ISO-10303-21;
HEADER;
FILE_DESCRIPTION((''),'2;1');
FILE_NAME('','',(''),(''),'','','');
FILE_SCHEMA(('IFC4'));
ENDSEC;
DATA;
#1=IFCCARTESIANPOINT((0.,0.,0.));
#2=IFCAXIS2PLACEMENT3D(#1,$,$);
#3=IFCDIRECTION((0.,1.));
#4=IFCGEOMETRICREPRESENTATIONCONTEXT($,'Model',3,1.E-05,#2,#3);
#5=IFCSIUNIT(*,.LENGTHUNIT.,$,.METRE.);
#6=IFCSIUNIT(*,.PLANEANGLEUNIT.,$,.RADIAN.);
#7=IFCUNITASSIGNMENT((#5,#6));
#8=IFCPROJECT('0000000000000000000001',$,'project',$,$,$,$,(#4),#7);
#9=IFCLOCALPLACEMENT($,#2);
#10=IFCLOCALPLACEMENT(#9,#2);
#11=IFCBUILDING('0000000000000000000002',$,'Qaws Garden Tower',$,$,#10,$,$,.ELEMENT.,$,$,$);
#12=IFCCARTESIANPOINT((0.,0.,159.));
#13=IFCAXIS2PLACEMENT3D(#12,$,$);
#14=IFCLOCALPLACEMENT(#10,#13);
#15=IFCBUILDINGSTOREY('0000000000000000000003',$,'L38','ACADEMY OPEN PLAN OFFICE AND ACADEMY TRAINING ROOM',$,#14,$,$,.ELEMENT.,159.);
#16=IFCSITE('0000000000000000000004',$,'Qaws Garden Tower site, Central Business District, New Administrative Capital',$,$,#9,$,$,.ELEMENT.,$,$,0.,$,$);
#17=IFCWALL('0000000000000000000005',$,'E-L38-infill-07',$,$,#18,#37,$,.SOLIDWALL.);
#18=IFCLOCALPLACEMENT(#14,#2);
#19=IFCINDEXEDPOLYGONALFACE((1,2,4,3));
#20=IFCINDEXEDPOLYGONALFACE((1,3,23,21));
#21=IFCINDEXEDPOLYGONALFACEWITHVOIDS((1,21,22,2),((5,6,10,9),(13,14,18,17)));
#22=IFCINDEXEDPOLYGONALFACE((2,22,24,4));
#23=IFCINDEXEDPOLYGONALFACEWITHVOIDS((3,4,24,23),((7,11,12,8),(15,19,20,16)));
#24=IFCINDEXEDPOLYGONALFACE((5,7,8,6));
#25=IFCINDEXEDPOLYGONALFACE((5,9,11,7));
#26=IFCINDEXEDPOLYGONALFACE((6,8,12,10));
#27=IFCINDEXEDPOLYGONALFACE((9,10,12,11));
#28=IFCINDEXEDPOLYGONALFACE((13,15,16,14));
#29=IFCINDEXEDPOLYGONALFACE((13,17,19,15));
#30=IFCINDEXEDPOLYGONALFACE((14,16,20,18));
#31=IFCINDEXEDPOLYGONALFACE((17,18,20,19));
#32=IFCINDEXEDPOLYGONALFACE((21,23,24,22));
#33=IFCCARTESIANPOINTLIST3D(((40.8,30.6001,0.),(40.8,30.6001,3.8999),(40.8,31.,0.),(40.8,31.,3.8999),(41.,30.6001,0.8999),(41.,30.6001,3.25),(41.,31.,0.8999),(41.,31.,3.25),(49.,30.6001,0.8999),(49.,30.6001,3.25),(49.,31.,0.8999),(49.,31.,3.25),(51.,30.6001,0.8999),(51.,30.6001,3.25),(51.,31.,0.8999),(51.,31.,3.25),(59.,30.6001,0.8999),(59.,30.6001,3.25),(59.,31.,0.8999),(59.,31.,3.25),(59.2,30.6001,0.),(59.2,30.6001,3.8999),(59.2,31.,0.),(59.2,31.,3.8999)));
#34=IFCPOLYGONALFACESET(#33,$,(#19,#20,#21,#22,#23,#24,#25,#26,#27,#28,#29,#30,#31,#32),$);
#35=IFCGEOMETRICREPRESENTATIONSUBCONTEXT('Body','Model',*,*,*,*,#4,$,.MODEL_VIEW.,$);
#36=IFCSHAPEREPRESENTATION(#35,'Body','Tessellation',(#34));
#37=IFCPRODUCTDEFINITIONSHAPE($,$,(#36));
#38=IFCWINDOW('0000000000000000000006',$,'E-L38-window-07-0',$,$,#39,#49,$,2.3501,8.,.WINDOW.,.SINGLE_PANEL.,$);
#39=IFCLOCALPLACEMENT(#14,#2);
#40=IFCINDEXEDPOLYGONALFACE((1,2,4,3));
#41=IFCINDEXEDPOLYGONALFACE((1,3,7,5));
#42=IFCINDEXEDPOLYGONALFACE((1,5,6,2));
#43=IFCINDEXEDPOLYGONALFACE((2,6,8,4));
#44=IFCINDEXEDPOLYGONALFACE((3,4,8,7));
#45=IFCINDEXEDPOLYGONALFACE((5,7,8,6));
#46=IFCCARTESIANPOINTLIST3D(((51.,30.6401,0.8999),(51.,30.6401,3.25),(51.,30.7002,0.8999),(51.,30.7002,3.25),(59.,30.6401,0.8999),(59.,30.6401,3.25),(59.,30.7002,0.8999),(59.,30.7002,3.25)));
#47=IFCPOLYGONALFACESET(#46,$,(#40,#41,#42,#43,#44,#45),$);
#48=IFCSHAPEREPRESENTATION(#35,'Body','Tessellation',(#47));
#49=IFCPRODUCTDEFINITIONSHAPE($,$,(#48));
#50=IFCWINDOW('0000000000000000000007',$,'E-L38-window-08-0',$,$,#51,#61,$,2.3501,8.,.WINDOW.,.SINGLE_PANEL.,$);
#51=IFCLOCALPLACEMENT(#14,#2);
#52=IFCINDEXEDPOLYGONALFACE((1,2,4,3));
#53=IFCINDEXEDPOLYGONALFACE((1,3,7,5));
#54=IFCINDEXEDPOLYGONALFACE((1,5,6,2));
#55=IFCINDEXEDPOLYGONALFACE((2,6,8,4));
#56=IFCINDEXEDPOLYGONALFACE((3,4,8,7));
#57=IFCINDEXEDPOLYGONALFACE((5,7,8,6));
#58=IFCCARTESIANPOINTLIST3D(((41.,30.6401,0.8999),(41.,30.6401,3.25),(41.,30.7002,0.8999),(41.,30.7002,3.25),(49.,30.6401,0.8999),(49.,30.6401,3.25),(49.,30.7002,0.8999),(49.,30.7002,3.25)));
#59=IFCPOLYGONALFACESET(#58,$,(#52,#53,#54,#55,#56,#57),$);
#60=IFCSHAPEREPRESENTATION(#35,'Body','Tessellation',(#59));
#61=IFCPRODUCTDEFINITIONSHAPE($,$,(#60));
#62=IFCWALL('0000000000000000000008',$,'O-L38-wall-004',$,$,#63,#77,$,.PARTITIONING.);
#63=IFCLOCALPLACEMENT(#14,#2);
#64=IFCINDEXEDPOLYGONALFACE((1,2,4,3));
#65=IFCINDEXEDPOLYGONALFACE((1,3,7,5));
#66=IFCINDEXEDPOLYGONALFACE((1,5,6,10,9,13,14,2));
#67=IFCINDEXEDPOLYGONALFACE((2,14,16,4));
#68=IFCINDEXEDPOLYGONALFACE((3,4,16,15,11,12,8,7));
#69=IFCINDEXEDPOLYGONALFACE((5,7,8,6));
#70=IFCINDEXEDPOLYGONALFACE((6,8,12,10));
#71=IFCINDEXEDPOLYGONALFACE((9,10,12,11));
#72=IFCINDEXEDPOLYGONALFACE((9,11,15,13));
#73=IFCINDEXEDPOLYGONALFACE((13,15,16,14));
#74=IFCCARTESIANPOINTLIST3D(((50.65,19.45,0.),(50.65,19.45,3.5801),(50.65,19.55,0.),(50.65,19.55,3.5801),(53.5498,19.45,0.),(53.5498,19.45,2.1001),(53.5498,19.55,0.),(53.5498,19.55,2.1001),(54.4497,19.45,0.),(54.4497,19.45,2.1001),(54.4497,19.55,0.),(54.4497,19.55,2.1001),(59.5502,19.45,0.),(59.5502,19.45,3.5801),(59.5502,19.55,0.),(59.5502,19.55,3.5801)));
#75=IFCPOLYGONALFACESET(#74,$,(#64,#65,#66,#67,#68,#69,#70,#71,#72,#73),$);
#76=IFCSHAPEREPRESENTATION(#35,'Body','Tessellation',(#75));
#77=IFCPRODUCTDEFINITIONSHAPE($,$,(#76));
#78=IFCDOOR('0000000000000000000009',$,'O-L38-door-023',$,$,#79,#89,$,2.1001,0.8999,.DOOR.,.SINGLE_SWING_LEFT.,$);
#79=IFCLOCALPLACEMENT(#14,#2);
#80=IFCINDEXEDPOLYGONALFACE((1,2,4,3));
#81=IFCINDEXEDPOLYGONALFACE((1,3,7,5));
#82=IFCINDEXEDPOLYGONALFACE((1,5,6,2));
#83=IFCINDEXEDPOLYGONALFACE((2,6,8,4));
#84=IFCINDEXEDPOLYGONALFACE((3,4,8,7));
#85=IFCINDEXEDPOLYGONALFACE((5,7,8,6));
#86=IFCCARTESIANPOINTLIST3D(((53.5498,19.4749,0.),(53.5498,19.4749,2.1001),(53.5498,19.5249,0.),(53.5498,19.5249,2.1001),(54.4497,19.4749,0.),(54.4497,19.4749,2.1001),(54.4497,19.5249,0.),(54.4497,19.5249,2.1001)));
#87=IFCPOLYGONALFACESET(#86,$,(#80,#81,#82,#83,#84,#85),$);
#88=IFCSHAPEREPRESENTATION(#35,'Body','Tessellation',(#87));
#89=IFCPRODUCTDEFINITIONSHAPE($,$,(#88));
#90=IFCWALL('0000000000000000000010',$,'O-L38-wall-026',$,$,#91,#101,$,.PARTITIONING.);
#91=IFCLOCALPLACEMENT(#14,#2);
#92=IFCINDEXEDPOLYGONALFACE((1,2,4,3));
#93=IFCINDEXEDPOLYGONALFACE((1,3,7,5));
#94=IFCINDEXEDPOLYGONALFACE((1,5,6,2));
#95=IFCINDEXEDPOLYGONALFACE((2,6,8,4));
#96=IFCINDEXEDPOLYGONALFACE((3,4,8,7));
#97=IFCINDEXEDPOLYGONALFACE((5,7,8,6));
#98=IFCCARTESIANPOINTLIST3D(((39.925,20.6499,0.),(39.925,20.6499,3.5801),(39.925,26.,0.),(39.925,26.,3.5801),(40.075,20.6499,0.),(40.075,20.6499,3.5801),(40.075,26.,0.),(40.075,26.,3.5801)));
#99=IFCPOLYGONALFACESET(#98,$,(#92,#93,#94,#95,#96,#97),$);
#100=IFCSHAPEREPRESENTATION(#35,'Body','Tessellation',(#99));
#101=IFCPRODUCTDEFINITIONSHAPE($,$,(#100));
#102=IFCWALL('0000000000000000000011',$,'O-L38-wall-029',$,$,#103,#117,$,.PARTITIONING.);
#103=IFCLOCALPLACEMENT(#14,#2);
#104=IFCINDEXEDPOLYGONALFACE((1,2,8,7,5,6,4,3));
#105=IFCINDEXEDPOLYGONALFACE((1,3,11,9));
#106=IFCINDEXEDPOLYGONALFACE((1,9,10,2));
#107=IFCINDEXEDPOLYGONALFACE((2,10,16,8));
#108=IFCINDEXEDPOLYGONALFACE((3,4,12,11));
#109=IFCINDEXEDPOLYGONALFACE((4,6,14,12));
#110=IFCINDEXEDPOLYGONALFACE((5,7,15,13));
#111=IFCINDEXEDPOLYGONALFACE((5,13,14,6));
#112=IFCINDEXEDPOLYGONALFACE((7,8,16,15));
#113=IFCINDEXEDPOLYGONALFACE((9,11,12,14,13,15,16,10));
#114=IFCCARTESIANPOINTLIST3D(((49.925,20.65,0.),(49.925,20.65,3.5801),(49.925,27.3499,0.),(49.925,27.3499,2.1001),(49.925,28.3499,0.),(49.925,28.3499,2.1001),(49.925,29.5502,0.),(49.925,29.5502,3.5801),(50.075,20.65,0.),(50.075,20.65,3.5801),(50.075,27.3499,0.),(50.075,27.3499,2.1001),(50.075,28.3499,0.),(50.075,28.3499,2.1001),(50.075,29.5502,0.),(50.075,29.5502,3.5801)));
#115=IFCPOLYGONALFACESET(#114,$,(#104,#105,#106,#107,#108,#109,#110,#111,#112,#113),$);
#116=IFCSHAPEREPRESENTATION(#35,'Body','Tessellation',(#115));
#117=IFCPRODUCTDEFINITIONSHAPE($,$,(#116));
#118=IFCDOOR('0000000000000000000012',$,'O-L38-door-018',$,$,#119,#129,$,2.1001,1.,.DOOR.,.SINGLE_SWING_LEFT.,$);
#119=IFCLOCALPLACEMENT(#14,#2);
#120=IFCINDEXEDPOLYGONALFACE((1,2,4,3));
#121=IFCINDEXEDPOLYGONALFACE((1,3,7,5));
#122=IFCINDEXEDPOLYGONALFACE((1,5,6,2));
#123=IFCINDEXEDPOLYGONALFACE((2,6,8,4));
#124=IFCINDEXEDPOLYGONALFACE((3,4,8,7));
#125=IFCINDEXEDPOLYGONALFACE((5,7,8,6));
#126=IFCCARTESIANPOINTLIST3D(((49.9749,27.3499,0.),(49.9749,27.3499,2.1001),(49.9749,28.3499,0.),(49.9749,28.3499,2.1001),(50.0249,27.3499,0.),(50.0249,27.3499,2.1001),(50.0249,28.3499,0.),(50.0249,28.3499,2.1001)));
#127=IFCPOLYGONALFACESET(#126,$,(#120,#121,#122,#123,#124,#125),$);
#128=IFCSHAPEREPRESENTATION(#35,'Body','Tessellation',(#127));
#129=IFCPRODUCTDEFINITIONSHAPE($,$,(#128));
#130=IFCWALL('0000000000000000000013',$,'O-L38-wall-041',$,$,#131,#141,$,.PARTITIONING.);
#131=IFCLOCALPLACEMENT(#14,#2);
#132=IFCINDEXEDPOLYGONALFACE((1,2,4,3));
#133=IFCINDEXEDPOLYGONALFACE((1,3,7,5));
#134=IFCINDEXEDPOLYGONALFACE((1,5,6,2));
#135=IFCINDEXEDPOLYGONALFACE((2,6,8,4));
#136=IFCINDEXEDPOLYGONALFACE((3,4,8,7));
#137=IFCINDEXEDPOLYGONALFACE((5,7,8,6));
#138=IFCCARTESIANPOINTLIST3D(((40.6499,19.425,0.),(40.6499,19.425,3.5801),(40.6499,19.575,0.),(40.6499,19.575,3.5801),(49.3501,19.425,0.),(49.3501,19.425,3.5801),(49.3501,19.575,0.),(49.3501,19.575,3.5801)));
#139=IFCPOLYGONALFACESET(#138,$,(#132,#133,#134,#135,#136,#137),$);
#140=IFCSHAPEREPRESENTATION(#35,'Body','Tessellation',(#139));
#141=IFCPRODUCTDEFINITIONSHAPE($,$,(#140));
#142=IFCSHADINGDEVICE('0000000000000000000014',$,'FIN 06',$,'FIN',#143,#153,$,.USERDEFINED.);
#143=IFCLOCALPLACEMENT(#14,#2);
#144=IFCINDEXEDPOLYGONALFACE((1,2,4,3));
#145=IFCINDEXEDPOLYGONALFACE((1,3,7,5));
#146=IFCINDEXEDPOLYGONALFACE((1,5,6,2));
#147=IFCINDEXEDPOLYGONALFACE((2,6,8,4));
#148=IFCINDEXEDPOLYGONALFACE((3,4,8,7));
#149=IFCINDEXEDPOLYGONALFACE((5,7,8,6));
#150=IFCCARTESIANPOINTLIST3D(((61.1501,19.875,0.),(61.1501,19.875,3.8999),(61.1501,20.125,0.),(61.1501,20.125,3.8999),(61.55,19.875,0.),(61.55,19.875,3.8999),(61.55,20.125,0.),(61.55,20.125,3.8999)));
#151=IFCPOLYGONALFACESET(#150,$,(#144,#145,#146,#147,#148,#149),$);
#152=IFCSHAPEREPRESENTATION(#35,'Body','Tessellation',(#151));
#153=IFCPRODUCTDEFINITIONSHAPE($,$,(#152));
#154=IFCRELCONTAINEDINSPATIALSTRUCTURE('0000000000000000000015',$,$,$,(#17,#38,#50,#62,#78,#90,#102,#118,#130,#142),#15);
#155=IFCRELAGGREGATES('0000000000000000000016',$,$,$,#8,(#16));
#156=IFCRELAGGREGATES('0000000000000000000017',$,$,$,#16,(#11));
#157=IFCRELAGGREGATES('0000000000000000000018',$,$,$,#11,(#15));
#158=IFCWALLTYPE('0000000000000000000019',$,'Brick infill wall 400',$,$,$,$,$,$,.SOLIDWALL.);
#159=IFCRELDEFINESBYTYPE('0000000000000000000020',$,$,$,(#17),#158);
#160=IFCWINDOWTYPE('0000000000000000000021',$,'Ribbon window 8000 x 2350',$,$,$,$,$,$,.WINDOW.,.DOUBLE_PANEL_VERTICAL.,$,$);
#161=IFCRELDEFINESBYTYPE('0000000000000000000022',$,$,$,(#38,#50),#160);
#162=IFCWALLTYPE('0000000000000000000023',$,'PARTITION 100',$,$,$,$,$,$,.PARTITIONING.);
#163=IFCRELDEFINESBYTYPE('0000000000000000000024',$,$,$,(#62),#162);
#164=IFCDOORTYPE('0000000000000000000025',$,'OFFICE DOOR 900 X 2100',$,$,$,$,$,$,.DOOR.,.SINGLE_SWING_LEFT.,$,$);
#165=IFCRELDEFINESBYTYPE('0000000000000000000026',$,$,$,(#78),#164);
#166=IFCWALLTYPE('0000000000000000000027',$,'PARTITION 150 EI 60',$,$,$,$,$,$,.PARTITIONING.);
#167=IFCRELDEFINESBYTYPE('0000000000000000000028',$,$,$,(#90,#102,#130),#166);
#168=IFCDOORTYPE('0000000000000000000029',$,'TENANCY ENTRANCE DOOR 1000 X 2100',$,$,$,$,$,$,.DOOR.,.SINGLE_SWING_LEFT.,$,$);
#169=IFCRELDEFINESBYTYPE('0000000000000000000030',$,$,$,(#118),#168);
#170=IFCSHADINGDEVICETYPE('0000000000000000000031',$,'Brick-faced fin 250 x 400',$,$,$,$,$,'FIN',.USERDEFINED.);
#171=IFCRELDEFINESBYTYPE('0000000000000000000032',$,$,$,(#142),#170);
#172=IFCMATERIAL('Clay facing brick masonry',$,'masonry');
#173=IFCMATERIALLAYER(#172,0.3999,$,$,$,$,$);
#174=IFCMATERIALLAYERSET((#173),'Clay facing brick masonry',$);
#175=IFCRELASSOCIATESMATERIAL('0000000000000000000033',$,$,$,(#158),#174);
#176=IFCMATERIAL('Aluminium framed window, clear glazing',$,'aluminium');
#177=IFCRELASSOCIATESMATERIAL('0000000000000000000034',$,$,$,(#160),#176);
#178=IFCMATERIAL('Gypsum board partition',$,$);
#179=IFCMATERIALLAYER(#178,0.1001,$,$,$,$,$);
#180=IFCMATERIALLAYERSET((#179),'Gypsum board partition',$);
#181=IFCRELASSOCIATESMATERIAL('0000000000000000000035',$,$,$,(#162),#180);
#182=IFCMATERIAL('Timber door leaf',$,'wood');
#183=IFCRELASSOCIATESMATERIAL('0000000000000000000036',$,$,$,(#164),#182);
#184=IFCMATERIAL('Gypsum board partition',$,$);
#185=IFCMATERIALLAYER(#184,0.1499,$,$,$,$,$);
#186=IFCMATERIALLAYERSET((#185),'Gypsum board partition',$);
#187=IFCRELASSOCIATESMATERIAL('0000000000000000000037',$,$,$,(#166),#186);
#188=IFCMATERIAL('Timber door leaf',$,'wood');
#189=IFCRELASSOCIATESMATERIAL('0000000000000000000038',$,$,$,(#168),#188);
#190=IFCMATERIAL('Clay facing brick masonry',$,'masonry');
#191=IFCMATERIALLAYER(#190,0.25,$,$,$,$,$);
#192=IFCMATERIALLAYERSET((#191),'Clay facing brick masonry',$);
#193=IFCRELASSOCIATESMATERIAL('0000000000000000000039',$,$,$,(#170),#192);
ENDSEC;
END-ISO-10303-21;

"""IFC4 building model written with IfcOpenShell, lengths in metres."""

from ifc_helpers import new_model, si_unit, direction, frame, frame_2d, origin, origin_2d, place, context, subcontext, project, spatial, rectangle, extrude, material, layer, layer_set, type_object, element, fill, save


model = new_model("IFC4")

# Units and contexts
model_context = context("Model", 3, precision=1e-05, world=origin(), true_north=direction((0.0, 1.0)))
body_context = subcontext(model_context, "Body", "Model", "MODEL_VIEW")
ifc_project = project(units=[si_unit("LENGTHUNIT", "METRE"), si_unit("PLANEANGLEUNIT", "RADIAN")], contexts=[model_context])

# Site, building, storey
site_placement = place(None, origin())
site = spatial("IfcSite", under=ifc_project, at=site_placement, Name="Qaws Garden Tower site, Central Business District, New Administrative Capital", CompositionType="ELEMENT", RefElevation=0.0)
building_placement = place(site_placement, origin())
building = spatial("IfcBuilding", under=site, at=building_placement, Name="Qaws Garden Tower", CompositionType="ELEMENT")
storey_placement = place(building_placement, frame((0.0, 0.0, 159.0)))
storey = spatial("IfcBuildingStorey", under=building, at=storey_placement, Name="L38", Description="ACADEMY OPEN PLAN OFFICE AND ACADEMY TRAINING ROOM", CompositionType="ELEMENT", Elevation=159.0)

# Wall, openings, windows
ifc_material_1 = material(Name="Clay facing brick masonry", Category="masonry")
ifc_layer_1 = layer(ifc_material_1, 0.3999)
ifc_layer_set_1 = layer_set([ifc_layer_1], Name="Clay facing brick masonry")
wall_type_1 = type_object("IfcWallType", Name="Brick infill wall 400", PredefinedType="SOLIDWALL", material=ifc_layer_set_1)
wall_1_placement = place(storey_placement, frame((59.2, 30.8, 0.0), z_axis=(0.0, 0.0, 1.0), x_axis=(-1.0, 0.0, 0.0)))
wall_1 = element("IfcWall", 1, at=wall_1_placement, inside=storey, type_object=wall_type_1, Name="E-L38-infill-07", PredefinedType="SOLIDWALL", context=body_context, shape_type="SweptSolid", body=[
    extrude(rectangle(XDim=18.3999, YDim=0.3999, at=frame_2d((9.2, 0.0))), origin(), (0.0, 0.0, 1.0), 3.8999),
])
opening_1_placement = place(wall_1_placement, frame((0.2, 0.0, 0.8999)))
opening_1 = element("IfcOpeningElement", 2, at=opening_1_placement, cuts=wall_1, PredefinedType="OPENING", context=body_context, shape_type="SweptSolid", body=[
    extrude(rectangle(XDim=8.0, YDim=2.3501, at=frame_2d((4.0, 1.175))), frame((0.0, 0.21, 0.0), z_axis=(0.0, -1.0, 0.0), x_axis=(1.0, 0.0, 0.0)), (0.0, 0.0, 1.0), 0.4199),
])
opening_2_placement = place(wall_1_placement, frame((10.2, 0.0, 0.8999)))
opening_2 = element("IfcOpeningElement", 3, at=opening_2_placement, cuts=wall_1, PredefinedType="OPENING", context=body_context, shape_type="SweptSolid", body=[
    extrude(rectangle(XDim=8.0, YDim=2.3501, at=frame_2d((4.0, 1.175))), frame((0.0, 0.21, 0.0), z_axis=(0.0, -1.0, 0.0), x_axis=(1.0, 0.0, 0.0)), (0.0, 0.0, 1.0), 0.4199),
])
ifc_material_2 = material(Name="Aluminium framed window, clear glazing", Category="aluminium")
window_type = type_object("IfcWindowType", Name="Ribbon window 8000 x 2350", PartitioningType="DOUBLE_PANEL_VERTICAL", PredefinedType="WINDOW", material=ifc_material_2)
window_1_placement = place(opening_1_placement, origin())
window_1 = element("IfcWindow", 4, at=window_1_placement, inside=storey, type_object=window_type, Name="E-L38-window-07-0", OverallHeight=2.3501, OverallWidth=8.0, PartitioningType="SINGLE_PANEL", PredefinedType="WINDOW", context=body_context, shape_type="SweptSolid", body=[
    extrude(rectangle(XDim=8.0, YDim=2.3501, at=frame_2d((4.0, 1.175))), frame((0.0, 0.1599, 0.0), z_axis=(0.0, -1.0, 0.0), x_axis=(1.0, 0.0, 0.0)), (0.0, 0.0, 1.0), 0.0601),
])
fill(opening_1, window_1)
window_2_placement = place(opening_2_placement, origin())
window_2 = element("IfcWindow", 5, at=window_2_placement, inside=storey, type_object=window_type, Name="E-L38-window-08-0", OverallHeight=2.3501, OverallWidth=8.0, PartitioningType="SINGLE_PANEL", PredefinedType="WINDOW", context=body_context, shape_type="SweptSolid", body=[
    extrude(rectangle(XDim=8.0, YDim=2.3501, at=frame_2d((4.0, 1.175))), frame((0.0, 0.1599, 0.0), z_axis=(0.0, -1.0, 0.0), x_axis=(1.0, 0.0, 0.0)), (0.0, 0.0, 1.0), 0.0601),
])
fill(opening_2, window_2)

# Wall, opening, door
ifc_material_3 = material(Name="Gypsum board partition")
ifc_layer_2 = layer(ifc_material_3, 0.1001)
ifc_layer_set_2 = layer_set([ifc_layer_2], Name="Gypsum board partition")
wall_type_2 = type_object("IfcWallType", Name="PARTITION 100", PredefinedType="PARTITIONING", material=ifc_layer_set_2)
wall_2_placement = place(storey_placement, frame((50.6499, 19.5, 0.0), z_axis=(0.0, 0.0, 1.0), x_axis=(1.0, 0.0, 0.0)))
wall_2 = element("IfcWall", 6, at=wall_2_placement, inside=storey, type_object=wall_type_2, Name="O-L38-wall-004", PredefinedType="PARTITIONING", context=body_context, shape_type="SweptSolid", body=[
    extrude(rectangle(XDim=8.9001, YDim=0.1001, at=frame_2d((4.4502, 0.0))), origin(), (0.0, 0.0, 1.0), 3.5801),
])
opening_3_placement = place(wall_2_placement, frame((2.8999, 0.0, 0.0)))
opening_3 = element("IfcOpeningElement", 7, at=opening_3_placement, cuts=wall_2, PredefinedType="OPENING", context=body_context, shape_type="SweptSolid", body=[
    extrude(rectangle(XDim=0.8999, YDim=2.1001, at=frame_2d((0.45, 1.05))), frame((0.0, 0.0601, 0.0), z_axis=(0.0, -1.0, 0.0), x_axis=(1.0, 0.0, 0.0)), (0.0, 0.0, 1.0), 0.1201),
])
ifc_material_4 = material(Name="Timber door leaf", Category="wood")
door_type_1 = type_object("IfcDoorType", Name="OFFICE DOOR 900 X 2100", OperationType="SINGLE_SWING_LEFT", PredefinedType="DOOR", material=ifc_material_4)
door_1_placement = place(opening_3_placement, origin())
door_1 = element("IfcDoor", 8, at=door_1_placement, inside=storey, type_object=door_type_1, Name="O-L38-door-023", OperationType="SINGLE_SWING_LEFT", OverallHeight=2.1001, OverallWidth=0.8999, PredefinedType="DOOR", context=body_context, shape_type="SweptSolid", body=[
    extrude(rectangle(XDim=0.8999, YDim=2.1001, at=frame_2d((0.45, 1.05))), frame((0.0, 0.0249, 0.0), z_axis=(0.0, -1.0, 0.0), x_axis=(1.0, 0.0, 0.0)), (0.0, 0.0, 1.0), 0.05),
])
fill(opening_3, door_1)

# Wall
ifc_material_5 = material(Name="Gypsum board partition")
ifc_layer_3 = layer(ifc_material_5, 0.1499)
ifc_layer_set_3 = layer_set([ifc_layer_3], Name="Gypsum board partition")
wall_type_3 = type_object("IfcWallType", Name="PARTITION 150 EI 60", PredefinedType="PARTITIONING", material=ifc_layer_set_3)
wall_3_placement = place(storey_placement, frame((40.0, 20.6499, 0.0), z_axis=(0.0, 0.0, 1.0), x_axis=(0.0, 1.0, 0.0)))
element("IfcWall", 9, at=wall_3_placement, inside=storey, type_object=wall_type_3, Name="O-L38-wall-026", PredefinedType="PARTITIONING", context=body_context, shape_type="SweptSolid", body=[
    extrude(rectangle(XDim=5.3501, YDim=0.1499, at=frame_2d((2.675, 0.0))), origin(), (0.0, 0.0, 1.0), 3.5801),
])

# Wall, opening, door
wall_4_placement = place(storey_placement, frame((50.0, 20.6499, 0.0), z_axis=(0.0, 0.0, 1.0), x_axis=(0.0, 1.0, 0.0)))
wall_4 = element("IfcWall", 10, at=wall_4_placement, inside=storey, type_object=wall_type_3, Name="O-L38-wall-029", PredefinedType="PARTITIONING", context=body_context, shape_type="SweptSolid", body=[
    extrude(rectangle(XDim=8.9001, YDim=0.1499, at=frame_2d((4.4502, 0.0))), origin(), (0.0, 0.0, 1.0), 3.5801),
])
opening_4_placement = place(wall_4_placement, frame((6.7, 0.0, 0.0)))
opening_4 = element("IfcOpeningElement", 11, at=opening_4_placement, cuts=wall_4, PredefinedType="OPENING", context=body_context, shape_type="SweptSolid", body=[
    extrude(rectangle(XDim=1.0, YDim=2.1001, at=frame_2d((0.5, 1.05))), frame((0.0, 0.085, 0.0), z_axis=(0.0, -1.0, 0.0), x_axis=(1.0, 0.0, 0.0)), (0.0, 0.0, 1.0), 0.1699),
])
ifc_material_6 = material(Name="Timber door leaf", Category="wood")
door_type_2 = type_object("IfcDoorType", Name="TENANCY ENTRANCE DOOR 1000 X 2100", OperationType="SINGLE_SWING_LEFT", PredefinedType="DOOR", material=ifc_material_6)
door_2_placement = place(opening_4_placement, frame((1.0, 0.0, 0.0), z_axis=(0.0, 0.0, 1.0), x_axis=(-1.0, 0.0, 0.0)))
door_2 = element("IfcDoor", 12, at=door_2_placement, inside=storey, type_object=door_type_2, Name="O-L38-door-018", OperationType="SINGLE_SWING_LEFT", OverallHeight=2.1001, OverallWidth=1.0, PredefinedType="DOOR", context=body_context, shape_type="SweptSolid", body=[
    extrude(rectangle(XDim=1.0, YDim=2.1001, at=frame_2d((0.5, 1.05))), frame((0.0, 0.0249, 0.0), z_axis=(0.0, -1.0, 0.0), x_axis=(1.0, 0.0, 0.0)), (0.0, 0.0, 1.0), 0.05),
])
fill(opening_4, door_2)

# Wall
wall_5_placement = place(storey_placement, frame((40.6499, 19.5, 0.0), z_axis=(0.0, 0.0, 1.0), x_axis=(1.0, 0.0, 0.0)))
element("IfcWall", 13, at=wall_5_placement, inside=storey, type_object=wall_type_3, Name="O-L38-wall-041", PredefinedType="PARTITIONING", context=body_context, shape_type="SweptSolid", body=[
    extrude(rectangle(XDim=8.7002, YDim=0.1499, at=frame_2d((4.3501, 0.0))), origin(), (0.0, 0.0, 1.0), 3.5801),
])

# Shading device
ifc_material_7 = material(Name="Clay facing brick masonry", Category="masonry")
ifc_layer_4 = layer(ifc_material_7, 0.25)
ifc_layer_set_4 = layer_set([ifc_layer_4], Name="Clay facing brick masonry")
shading_device_type = type_object("IfcShadingDeviceType", Name="Brick-faced fin 250 x 400", ElementType="FIN", PredefinedType="USERDEFINED", material=ifc_layer_set_4)
shading_device_placement = place(storey_placement, frame((61.3501, 20.0, 0.0), z_axis=(0.0, 0.0, 1.0), x_axis=(0.0, 1.0, 0.0)))
element("IfcShadingDevice", 14, at=shading_device_placement, inside=storey, type_object=shading_device_type, Name="FIN 06", ObjectType="FIN", PredefinedType="USERDEFINED", context=body_context, shape_type="SweptSolid", body=[
    extrude(rectangle(XDim=0.25, YDim=0.3999, at=origin_2d()), origin(), (0.0, 0.0, 1.0), 3.8999),
])

save(model, "model.ifc")
